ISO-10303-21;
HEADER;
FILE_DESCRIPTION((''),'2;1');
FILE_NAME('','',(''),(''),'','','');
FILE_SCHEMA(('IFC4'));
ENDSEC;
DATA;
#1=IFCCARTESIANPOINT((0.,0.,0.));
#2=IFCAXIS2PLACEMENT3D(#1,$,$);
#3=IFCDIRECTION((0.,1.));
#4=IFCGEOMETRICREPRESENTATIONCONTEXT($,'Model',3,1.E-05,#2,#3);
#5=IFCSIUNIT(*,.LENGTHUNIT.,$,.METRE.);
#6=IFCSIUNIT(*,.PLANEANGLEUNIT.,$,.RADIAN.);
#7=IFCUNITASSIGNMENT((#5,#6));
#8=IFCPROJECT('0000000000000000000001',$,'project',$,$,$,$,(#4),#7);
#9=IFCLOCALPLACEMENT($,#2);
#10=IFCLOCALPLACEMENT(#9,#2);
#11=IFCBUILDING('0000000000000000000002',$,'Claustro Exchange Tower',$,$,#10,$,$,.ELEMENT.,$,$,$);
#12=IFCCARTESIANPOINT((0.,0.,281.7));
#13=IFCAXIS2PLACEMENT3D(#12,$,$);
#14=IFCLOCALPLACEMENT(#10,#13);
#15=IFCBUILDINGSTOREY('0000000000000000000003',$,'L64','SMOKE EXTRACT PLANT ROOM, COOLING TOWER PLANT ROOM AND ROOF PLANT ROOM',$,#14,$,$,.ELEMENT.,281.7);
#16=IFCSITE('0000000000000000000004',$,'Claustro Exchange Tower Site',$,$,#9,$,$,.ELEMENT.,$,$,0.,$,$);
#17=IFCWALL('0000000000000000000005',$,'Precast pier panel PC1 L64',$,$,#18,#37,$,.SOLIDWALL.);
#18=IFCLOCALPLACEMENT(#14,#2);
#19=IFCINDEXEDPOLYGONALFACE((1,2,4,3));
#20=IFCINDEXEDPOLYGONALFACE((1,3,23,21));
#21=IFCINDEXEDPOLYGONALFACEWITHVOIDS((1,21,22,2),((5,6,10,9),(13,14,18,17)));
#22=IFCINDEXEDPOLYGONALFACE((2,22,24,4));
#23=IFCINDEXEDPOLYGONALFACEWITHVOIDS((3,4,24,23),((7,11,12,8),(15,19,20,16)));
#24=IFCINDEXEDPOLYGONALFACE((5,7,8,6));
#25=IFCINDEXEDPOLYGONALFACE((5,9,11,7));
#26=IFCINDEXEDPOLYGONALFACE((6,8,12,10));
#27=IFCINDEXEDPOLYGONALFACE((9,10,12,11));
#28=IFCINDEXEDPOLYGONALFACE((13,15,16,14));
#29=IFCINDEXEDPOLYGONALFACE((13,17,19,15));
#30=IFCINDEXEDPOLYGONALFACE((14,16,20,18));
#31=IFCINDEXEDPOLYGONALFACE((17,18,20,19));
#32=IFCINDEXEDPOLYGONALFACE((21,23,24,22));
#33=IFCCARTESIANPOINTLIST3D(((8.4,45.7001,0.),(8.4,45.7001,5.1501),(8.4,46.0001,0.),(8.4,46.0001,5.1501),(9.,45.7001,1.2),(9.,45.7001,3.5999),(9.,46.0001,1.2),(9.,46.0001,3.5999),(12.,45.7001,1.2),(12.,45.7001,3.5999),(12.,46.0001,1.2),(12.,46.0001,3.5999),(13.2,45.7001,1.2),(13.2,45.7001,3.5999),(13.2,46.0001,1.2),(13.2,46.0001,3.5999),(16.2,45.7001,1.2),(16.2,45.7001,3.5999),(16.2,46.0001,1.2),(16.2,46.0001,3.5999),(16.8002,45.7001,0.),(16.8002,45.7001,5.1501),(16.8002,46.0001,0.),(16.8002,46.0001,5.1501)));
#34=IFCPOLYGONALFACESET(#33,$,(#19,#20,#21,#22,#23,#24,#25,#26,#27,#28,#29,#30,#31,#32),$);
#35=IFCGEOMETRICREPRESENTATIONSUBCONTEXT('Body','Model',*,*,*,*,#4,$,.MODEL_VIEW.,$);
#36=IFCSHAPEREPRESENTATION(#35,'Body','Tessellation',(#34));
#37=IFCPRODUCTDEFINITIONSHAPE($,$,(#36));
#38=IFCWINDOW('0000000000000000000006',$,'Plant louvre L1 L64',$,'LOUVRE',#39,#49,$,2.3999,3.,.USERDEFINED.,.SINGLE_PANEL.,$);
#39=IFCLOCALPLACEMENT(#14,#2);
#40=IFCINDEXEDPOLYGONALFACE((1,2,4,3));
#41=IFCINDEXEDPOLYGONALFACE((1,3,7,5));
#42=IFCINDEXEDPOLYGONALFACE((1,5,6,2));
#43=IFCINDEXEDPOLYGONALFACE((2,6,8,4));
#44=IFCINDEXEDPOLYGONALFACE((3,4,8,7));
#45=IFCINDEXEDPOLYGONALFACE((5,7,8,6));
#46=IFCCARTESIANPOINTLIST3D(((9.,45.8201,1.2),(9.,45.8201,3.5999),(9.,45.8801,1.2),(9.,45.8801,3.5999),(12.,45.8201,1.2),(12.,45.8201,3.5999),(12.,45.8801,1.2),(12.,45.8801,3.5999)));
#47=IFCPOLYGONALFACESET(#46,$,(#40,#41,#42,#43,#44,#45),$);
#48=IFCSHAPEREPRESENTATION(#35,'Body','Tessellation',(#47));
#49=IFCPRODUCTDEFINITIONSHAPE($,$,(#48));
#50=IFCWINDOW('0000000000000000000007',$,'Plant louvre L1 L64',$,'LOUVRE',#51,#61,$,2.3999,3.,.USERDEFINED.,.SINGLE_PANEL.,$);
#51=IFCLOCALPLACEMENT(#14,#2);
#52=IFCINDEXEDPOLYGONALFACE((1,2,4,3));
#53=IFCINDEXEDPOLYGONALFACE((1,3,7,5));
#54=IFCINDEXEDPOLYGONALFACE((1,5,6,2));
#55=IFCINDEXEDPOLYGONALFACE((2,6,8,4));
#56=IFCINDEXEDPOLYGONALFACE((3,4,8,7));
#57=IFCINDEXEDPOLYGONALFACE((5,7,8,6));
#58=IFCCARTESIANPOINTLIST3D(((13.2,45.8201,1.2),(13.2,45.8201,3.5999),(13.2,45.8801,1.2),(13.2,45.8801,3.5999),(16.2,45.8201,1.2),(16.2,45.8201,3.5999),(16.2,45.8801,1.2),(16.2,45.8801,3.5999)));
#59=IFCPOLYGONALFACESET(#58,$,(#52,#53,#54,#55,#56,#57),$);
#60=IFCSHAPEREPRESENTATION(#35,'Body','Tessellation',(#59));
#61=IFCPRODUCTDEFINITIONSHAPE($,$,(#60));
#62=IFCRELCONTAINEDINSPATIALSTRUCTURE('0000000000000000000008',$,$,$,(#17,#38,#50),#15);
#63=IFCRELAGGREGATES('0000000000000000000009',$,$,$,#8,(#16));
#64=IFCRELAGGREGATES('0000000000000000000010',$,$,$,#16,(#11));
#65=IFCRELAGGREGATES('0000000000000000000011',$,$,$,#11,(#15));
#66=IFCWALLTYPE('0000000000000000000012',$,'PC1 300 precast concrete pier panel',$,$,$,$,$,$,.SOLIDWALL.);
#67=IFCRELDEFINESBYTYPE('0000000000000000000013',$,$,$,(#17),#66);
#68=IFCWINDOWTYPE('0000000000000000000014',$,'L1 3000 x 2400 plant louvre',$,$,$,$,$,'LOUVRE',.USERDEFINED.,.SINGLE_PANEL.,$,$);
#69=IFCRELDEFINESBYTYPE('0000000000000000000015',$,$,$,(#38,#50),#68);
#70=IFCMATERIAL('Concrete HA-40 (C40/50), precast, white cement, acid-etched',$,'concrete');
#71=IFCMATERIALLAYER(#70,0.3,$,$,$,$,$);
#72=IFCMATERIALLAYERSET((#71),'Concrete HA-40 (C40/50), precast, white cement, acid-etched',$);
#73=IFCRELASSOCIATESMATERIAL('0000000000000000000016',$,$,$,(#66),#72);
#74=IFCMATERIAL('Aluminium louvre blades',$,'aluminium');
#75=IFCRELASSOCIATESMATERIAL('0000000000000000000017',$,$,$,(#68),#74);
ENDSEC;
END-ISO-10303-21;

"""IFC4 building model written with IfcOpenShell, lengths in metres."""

from ifc_helpers import new_model, si_unit, direction, frame, frame_2d, origin, place, context, subcontext, project, spatial, rectangle, extrude, material, layer, layer_set, type_object, element, fill, save


model = new_model("IFC4")

# Units and contexts
model_context = context("Model", 3, precision=1e-05, world=origin(), true_north=direction((0.0, 1.0)))
body_context = subcontext(model_context, "Body", "Model", "MODEL_VIEW")
ifc_project = project(units=[si_unit("LENGTHUNIT", "METRE"), si_unit("PLANEANGLEUNIT", "RADIAN")], contexts=[model_context])

# Site, building, storey
site_placement = place(None, origin())
site = spatial("IfcSite", under=ifc_project, at=site_placement, Name="Claustro Exchange Tower Site", CompositionType="ELEMENT", RefElevation=0.0)
building_placement = place(site_placement, origin())
building = spatial("IfcBuilding", under=site, at=building_placement, Name="Claustro Exchange Tower", CompositionType="ELEMENT")
storey_placement = place(building_placement, frame((0.0, 0.0, 281.7)))
storey = spatial("IfcBuildingStorey", under=building, at=storey_placement, Name="L64", Description="SMOKE EXTRACT PLANT ROOM, COOLING TOWER PLANT ROOM AND ROOF PLANT ROOM", CompositionType="ELEMENT", Elevation=281.7)

# Wall, openings, windows
ifc_material_1 = material(Name="Concrete HA-40 (C40/50), precast, white cement, acid-etched", Category="concrete")
ifc_layer_1 = layer(ifc_material_1, 0.3)
ifc_layer_set_1 = layer_set([ifc_layer_1], Name="Concrete HA-40 (C40/50), precast, white cement, acid-etched")
wall_type_1 = type_object("IfcWallType", Name="PC1 300 precast concrete pier panel", PredefinedType="SOLIDWALL", material=ifc_layer_set_1)
wall_1_placement = place(storey_placement, frame((8.3999, 45.8501, 0.0), z_axis=(0.0, 0.0, 1.0), x_axis=(1.0, 0.0, 0.0)))
wall_1 = element("IfcWall", 1, at=wall_1_placement, inside=storey, type_object=wall_type_1, Name="Precast pier panel PC1 L64", PredefinedType="SOLIDWALL", context=body_context, shape_type="SweptSolid", body=[
    extrude(rectangle(XDim=8.4001, YDim=0.3, at=frame_2d((4.2002, 0.0))), origin(), (0.0, 0.0, 1.0), 5.1501),
])
opening_1_placement = place(wall_1_placement, frame((0.6001, 0.0, 1.2)))
opening_1 = element("IfcOpeningElement", 2, at=opening_1_placement, cuts=wall_1, PredefinedType="OPENING", context=body_context, shape_type="SweptSolid", body=[
    extrude(rectangle(XDim=3.0, YDim=2.3999, at=frame_2d((1.5, 1.2))), frame((0.0, 0.1599, 0.0), z_axis=(0.0, -1.0, 0.0), x_axis=(1.0, 0.0, 0.0)), (0.0, 0.0, 1.0), 0.3201),
])
opening_2_placement = place(wall_1_placement, frame((4.8, 0.0, 1.2)))
opening_2 = element("IfcOpeningElement", 3, at=opening_2_placement, cuts=wall_1, PredefinedType="OPENING", context=body_context, shape_type="SweptSolid", body=[
    extrude(rectangle(XDim=3.0, YDim=2.3999, at=frame_2d((1.5, 1.2))), frame((0.0, 0.1599, 0.0), z_axis=(0.0, -1.0, 0.0), x_axis=(1.0, 0.0, 0.0)), (0.0, 0.0, 1.0), 0.3201),
])
ifc_material_2 = material(Name="Aluminium louvre blades", Category="aluminium")
window_type = type_object("IfcWindowType", Name="L1 3000 x 2400 plant louvre", ElementType="LOUVRE", PartitioningType="SINGLE_PANEL", PredefinedType="USERDEFINED", material=ifc_material_2)
window_1_placement = place(opening_1_placement, origin())
window_1 = element("IfcWindow", 4, at=window_1_placement, inside=storey, type_object=window_type, Name="Plant louvre L1 L64", ObjectType="LOUVRE", OverallHeight=2.3999, OverallWidth=3.0, PartitioningType="SINGLE_PANEL", PredefinedType="USERDEFINED", context=body_context, shape_type="SweptSolid", body=[
    extrude(rectangle(XDim=3.0, YDim=2.3999, at=frame_2d((1.5, 1.2))), frame((0.0, 0.03, 0.0), z_axis=(0.0, -1.0, 0.0), x_axis=(1.0, 0.0, 0.0)), (0.0, 0.0, 1.0), 0.0601),
])
fill(opening_1, window_1)
window_2_placement = place(opening_2_placement, origin())
window_2 = element("IfcWindow", 5, at=window_2_placement, inside=storey, type_object=window_type, Name="Plant louvre L1 L64", ObjectType="LOUVRE", OverallHeight=2.3999, OverallWidth=3.0, PartitioningType="SINGLE_PANEL", PredefinedType="USERDEFINED", context=body_context, shape_type="SweptSolid", body=[
    extrude(rectangle(XDim=3.0, YDim=2.3999, at=frame_2d((1.5, 1.2))), frame((0.0, 0.03, 0.0), z_axis=(0.0, -1.0, 0.0), x_axis=(1.0, 0.0, 0.0)), (0.0, 0.0, 1.0), 0.0601),
])
fill(opening_2, window_2)

save(model, "model.ifc")
